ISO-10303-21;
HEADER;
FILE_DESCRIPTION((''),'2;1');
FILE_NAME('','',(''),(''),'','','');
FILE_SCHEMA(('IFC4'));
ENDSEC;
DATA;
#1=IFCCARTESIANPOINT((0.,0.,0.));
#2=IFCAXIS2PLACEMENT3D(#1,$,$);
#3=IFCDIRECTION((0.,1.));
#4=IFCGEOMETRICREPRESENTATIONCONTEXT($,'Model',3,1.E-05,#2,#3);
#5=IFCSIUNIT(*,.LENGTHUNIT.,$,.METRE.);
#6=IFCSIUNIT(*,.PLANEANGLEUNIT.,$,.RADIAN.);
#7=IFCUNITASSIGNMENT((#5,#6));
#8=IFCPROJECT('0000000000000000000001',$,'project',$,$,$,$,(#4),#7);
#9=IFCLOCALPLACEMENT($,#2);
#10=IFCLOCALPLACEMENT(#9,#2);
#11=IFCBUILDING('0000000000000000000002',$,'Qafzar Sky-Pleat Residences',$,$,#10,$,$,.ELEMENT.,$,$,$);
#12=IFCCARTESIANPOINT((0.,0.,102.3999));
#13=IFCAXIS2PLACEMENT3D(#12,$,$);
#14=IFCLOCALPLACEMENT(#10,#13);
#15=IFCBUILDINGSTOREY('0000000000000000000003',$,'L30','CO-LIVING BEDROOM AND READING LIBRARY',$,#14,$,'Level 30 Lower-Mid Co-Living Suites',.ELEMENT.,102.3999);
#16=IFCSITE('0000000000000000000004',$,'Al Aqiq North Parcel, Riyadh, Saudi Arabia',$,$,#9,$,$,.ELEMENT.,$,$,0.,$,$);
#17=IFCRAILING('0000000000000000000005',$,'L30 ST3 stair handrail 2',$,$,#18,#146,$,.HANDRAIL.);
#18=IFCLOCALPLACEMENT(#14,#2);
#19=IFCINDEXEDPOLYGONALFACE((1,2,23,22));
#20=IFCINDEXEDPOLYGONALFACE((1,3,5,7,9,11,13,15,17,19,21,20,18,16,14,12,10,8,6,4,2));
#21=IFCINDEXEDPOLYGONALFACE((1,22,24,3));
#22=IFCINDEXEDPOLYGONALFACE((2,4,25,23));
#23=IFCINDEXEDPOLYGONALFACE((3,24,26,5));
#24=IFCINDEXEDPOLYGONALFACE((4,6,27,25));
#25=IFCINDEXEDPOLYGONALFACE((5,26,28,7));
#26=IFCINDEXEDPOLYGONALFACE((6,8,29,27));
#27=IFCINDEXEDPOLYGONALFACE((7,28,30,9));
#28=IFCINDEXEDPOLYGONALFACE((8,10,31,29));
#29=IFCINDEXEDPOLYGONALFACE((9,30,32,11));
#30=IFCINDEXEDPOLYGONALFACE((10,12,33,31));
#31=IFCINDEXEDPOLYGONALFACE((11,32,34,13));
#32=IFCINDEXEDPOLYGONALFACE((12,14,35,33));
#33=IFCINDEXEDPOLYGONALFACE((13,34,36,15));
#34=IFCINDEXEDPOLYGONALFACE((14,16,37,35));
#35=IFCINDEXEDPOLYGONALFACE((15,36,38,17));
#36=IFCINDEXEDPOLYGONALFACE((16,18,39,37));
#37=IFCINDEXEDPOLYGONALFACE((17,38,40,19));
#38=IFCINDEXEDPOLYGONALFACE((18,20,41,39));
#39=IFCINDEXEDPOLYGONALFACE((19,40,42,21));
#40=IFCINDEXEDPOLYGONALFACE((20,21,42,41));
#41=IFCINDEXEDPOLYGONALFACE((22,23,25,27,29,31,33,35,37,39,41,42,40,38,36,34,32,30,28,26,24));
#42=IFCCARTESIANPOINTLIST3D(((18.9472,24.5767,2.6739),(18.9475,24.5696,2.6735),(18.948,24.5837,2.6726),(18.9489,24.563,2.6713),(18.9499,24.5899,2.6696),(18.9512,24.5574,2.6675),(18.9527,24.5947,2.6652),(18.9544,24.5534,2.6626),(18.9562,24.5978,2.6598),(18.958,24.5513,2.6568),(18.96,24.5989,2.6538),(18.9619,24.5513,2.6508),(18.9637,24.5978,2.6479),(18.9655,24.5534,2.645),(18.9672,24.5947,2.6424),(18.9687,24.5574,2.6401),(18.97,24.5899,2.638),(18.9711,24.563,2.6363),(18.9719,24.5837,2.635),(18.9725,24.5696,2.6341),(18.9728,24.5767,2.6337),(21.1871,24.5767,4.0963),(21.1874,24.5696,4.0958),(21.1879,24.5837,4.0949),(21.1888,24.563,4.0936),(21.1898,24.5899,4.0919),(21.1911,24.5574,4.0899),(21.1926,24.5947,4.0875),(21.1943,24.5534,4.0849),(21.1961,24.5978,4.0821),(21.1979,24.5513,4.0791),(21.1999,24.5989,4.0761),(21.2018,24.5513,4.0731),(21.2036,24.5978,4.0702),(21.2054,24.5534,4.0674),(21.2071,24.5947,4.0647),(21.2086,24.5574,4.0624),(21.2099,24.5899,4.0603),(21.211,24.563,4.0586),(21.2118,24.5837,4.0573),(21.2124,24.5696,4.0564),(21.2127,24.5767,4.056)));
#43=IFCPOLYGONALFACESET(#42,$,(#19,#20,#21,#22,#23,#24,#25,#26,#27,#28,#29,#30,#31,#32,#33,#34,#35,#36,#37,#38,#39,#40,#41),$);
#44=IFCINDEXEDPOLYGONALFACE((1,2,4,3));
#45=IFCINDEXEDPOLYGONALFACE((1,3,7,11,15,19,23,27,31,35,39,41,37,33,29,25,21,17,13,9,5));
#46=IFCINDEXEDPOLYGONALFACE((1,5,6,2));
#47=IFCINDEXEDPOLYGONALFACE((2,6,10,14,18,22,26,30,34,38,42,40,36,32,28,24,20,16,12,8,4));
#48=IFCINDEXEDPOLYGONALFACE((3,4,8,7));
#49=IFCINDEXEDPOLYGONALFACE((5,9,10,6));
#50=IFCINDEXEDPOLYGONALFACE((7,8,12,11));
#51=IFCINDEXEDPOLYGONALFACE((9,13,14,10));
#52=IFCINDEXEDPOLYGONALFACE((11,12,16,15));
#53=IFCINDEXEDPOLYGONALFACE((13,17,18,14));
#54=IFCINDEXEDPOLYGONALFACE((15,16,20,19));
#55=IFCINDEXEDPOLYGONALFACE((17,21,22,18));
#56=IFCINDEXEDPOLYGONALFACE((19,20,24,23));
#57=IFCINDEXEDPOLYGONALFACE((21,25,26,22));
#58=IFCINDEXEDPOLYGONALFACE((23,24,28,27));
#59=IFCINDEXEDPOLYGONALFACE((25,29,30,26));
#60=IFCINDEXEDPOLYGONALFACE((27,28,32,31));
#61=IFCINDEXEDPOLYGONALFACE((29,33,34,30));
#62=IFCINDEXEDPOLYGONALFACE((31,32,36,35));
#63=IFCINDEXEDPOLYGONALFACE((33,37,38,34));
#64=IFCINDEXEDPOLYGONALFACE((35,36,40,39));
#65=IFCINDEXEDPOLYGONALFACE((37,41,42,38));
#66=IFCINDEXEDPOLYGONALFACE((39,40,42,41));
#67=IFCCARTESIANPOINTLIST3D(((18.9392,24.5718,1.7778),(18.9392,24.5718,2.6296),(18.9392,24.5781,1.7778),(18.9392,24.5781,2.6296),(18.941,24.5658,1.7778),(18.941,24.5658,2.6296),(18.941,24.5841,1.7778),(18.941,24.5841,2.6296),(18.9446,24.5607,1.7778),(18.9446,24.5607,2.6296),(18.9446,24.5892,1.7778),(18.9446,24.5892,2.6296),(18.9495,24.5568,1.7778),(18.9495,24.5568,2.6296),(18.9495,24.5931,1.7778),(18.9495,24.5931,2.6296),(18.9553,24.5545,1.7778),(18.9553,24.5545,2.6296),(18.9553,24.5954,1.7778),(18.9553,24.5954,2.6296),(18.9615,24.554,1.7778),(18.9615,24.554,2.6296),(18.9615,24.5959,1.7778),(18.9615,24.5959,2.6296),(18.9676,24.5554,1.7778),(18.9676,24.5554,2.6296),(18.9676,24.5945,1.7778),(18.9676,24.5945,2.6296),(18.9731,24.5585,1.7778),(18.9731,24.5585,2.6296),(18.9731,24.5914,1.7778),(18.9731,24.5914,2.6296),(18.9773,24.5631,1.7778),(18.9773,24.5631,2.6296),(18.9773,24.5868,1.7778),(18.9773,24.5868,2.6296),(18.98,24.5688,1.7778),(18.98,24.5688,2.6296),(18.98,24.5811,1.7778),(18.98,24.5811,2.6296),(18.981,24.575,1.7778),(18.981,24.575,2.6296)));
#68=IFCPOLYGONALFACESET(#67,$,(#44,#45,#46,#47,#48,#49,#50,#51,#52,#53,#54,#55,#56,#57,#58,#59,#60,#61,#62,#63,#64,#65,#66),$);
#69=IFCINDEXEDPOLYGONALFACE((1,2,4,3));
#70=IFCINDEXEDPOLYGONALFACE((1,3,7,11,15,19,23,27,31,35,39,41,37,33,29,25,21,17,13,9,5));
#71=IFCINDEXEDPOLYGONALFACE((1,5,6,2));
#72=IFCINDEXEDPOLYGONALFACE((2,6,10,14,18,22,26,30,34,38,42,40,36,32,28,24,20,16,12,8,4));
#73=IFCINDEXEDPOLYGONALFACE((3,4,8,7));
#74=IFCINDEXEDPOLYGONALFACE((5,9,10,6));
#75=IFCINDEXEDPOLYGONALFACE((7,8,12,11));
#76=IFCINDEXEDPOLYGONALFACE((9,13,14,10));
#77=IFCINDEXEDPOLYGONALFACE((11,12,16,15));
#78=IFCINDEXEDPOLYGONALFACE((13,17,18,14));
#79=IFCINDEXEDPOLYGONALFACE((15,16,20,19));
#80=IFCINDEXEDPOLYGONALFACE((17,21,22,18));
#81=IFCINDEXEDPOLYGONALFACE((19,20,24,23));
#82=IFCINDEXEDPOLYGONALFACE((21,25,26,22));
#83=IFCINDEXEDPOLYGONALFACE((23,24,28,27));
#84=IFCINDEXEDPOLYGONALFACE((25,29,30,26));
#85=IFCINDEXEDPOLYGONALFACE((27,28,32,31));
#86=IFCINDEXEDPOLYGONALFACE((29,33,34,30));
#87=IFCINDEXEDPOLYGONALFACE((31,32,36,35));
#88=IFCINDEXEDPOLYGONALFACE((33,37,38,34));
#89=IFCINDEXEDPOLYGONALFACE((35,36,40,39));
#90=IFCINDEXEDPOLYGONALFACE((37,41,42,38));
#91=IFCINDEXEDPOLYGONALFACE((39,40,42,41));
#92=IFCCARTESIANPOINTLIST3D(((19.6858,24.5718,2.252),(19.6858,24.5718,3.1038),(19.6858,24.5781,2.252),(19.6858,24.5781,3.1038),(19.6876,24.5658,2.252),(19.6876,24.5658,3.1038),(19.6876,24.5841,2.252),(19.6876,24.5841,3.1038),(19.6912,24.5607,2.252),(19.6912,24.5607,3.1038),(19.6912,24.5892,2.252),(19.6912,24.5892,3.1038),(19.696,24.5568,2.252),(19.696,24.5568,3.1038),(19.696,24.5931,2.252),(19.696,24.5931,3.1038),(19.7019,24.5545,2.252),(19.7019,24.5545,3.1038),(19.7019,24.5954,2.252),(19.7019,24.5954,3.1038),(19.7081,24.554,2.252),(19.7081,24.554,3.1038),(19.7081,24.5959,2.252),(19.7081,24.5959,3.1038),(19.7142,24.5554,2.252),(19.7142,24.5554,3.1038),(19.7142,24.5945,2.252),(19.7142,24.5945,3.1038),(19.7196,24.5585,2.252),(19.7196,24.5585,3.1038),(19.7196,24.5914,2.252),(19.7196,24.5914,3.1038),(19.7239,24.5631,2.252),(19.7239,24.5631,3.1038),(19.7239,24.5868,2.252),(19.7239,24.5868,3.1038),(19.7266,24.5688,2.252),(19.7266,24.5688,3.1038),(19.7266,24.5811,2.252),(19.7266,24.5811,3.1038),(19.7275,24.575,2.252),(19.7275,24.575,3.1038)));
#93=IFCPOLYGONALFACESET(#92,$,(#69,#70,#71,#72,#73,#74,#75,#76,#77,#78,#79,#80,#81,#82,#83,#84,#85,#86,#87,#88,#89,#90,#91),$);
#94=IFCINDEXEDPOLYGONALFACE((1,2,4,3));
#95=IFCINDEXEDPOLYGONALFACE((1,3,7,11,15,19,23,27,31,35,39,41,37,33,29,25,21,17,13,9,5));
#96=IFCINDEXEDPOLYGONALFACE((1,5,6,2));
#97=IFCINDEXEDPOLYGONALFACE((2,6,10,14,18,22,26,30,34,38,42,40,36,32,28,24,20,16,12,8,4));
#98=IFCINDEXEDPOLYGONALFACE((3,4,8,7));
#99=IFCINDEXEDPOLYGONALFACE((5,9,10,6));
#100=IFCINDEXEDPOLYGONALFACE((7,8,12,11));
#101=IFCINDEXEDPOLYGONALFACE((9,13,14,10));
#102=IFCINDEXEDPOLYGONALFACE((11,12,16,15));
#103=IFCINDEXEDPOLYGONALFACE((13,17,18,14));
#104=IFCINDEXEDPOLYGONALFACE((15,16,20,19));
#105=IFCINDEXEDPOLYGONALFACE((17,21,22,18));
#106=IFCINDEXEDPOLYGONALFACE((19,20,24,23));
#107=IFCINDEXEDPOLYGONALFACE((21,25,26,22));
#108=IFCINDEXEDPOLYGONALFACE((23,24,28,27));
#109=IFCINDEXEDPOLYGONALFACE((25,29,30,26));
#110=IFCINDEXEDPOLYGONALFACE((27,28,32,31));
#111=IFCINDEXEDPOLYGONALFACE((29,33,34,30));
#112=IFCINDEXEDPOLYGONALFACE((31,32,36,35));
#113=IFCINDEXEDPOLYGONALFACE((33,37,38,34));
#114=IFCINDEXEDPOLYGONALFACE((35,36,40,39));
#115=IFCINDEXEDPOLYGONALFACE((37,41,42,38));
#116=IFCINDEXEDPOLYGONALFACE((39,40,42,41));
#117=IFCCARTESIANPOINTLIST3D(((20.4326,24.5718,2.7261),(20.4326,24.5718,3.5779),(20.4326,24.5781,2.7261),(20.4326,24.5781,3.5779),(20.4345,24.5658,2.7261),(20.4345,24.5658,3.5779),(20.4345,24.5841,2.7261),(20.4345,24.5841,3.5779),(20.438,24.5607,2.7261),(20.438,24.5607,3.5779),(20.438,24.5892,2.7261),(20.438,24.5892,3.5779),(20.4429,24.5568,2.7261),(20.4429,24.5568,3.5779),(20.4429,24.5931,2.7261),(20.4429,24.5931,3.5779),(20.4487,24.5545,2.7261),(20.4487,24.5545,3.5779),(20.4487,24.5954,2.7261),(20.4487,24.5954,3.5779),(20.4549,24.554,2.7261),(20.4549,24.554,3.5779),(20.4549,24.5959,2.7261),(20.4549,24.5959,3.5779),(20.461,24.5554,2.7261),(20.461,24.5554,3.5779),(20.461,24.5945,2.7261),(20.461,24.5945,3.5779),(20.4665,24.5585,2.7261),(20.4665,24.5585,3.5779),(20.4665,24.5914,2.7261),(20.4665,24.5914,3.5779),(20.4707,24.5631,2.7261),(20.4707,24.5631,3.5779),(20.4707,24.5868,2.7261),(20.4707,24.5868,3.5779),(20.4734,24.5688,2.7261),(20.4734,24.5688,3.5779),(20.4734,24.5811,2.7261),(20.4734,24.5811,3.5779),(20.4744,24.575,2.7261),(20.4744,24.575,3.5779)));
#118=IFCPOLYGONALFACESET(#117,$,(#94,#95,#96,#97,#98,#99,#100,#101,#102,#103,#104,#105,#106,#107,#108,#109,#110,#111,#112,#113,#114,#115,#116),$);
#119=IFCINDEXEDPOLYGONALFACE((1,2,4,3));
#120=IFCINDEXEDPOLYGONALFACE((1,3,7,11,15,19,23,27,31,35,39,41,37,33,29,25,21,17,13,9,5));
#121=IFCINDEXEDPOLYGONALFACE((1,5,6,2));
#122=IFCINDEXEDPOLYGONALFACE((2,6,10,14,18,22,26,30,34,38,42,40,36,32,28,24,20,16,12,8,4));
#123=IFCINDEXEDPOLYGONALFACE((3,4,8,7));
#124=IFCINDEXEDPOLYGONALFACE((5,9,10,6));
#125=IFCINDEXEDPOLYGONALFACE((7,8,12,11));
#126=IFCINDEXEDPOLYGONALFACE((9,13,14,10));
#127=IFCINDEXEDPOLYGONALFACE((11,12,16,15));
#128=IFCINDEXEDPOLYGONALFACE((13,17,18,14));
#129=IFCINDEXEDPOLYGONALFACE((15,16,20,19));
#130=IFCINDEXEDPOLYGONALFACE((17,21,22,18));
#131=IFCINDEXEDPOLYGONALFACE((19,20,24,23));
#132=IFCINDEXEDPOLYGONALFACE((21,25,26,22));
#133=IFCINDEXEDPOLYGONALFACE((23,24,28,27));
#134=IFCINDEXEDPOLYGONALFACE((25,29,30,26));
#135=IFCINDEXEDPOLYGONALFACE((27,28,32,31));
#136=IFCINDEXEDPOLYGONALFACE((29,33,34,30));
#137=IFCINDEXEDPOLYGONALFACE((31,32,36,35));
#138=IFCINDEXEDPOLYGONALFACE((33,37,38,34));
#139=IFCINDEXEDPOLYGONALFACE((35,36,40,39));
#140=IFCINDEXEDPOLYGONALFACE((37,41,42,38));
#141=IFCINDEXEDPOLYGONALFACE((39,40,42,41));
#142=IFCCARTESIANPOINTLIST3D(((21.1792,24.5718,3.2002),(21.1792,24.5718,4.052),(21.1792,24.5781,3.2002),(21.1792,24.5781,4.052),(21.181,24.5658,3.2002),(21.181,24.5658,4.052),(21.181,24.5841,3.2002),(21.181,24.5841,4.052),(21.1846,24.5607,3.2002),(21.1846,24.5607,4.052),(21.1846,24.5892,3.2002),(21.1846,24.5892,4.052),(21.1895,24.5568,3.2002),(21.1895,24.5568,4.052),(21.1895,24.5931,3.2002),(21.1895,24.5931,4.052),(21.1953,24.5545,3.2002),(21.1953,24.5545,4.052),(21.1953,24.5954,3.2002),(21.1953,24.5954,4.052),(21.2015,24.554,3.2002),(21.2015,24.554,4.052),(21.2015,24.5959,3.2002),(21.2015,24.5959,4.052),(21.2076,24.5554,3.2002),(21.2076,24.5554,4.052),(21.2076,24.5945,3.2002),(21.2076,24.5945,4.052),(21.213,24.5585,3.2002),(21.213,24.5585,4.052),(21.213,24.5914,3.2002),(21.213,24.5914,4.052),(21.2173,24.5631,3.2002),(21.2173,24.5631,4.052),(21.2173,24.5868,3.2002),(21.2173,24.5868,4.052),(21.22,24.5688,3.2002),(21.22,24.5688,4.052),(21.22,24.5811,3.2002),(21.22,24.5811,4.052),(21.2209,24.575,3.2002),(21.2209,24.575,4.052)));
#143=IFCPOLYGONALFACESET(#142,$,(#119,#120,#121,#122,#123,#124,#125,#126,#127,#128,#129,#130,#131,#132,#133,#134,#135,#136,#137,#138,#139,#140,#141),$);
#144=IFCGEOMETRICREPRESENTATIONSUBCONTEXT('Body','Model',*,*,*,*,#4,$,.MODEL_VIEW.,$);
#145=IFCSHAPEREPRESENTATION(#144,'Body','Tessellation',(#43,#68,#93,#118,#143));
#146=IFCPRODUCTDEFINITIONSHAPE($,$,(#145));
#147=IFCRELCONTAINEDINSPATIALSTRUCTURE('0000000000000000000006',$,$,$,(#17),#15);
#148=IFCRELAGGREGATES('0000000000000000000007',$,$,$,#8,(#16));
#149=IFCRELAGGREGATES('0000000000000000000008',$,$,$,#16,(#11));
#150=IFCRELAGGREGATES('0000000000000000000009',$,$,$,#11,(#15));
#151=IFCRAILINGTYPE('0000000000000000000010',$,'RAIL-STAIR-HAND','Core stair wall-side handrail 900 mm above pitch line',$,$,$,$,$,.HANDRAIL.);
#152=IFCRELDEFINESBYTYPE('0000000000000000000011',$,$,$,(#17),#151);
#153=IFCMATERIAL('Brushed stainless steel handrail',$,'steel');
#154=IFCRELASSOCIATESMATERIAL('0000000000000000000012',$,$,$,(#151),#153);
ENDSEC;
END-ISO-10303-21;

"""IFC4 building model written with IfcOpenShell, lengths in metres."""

from ifc_helpers import new_model, si_unit, direction, frame, origin, origin_2d, place, context, subcontext, project, spatial, circle, extrude, source, transform, mapped, material, type_object, element, save


model = new_model("IFC4")

# Units and contexts
model_context = context("Model", 3, precision=1e-05, world=origin(), true_north=direction((0.0, 1.0)))
body_context = subcontext(model_context, "Body", "Model", "MODEL_VIEW")
ifc_project = project(units=[si_unit("LENGTHUNIT", "METRE"), si_unit("PLANEANGLEUNIT", "RADIAN")], contexts=[model_context])

# Site, building, storey
site_placement = place(None, origin())
site = spatial("IfcSite", under=ifc_project, at=site_placement, Name="Al Aqiq North Parcel, Riyadh, Saudi Arabia", CompositionType="ELEMENT", RefElevation=0.0)
building_placement = place(site_placement, origin())
building = spatial("IfcBuilding", under=site, at=building_placement, Name="Qafzar Sky-Pleat Residences", CompositionType="ELEMENT")
storey_placement = place(building_placement, frame((0.0, 0.0, 102.3999)))
storey = spatial("IfcBuildingStorey", under=building, at=storey_placement, Name="L30", Description="CO-LIVING BEDROOM AND READING LIBRARY", LongName="Level 30 Lower-Mid Co-Living Suites", CompositionType="ELEMENT", Elevation=102.3999)

# Railing
ifc_material_1 = material(Name="Brushed stainless steel handrail", Category="steel")
railing_type_1 = type_object("IfcRailingType", Name="RAIL-STAIR-HAND", Description="Core stair wall-side handrail 900 mm above pitch line", PredefinedType="HANDRAIL", material=ifc_material_1)
shared_shape_1 = source(origin(), body_context, "Body", "SweptSolid", [
    extrude(circle(Radius=0.0239, at=origin_2d()), frame((0.0, 0.0, 0.876), z_axis=(0.844188, 0.0, 0.536048), x_axis=(0.0, 1.0, 0.0)), (0.0, 0.0, 1.0), 2.6533),
    extrude(circle(Radius=0.021, at=origin_2d()), origin(), (0.0, 0.0, 1.0), 0.8518),
    extrude(circle(Radius=0.021, at=origin_2d()), frame((0.7466, 0.0, 0.4741)), (0.0, 0.0, 1.0), 0.8518),
    extrude(circle(Radius=0.021, at=origin_2d()), frame((1.4934, 0.0, 0.9482)), (0.0, 0.0, 1.0), 0.8518),
    extrude(circle(Radius=0.021, at=origin_2d()), frame((2.24, 0.0, 1.4224)), (0.0, 0.0, 1.0), 0.8518),
])
railing_1_placement = place(storey_placement, frame((18.96, 24.575, 1.7778)))
element("IfcRailing", 1, at=railing_1_placement, inside=storey, type_object=railing_type_1, Name="L30 ST3 stair handrail 2", PredefinedType="HANDRAIL", context=body_context, shape_type="MappedRepresentation", body=[
    mapped(shared_shape_1, transform((0.0, 0.0, 0.0), x_axis=(1.0, 0.0, 0.0), y_axis=(0.0, 1.0, 0.0), z_axis=(0.0, 0.0, 1.0), scale=1.0)),
])

save(model, "model.ifc")
